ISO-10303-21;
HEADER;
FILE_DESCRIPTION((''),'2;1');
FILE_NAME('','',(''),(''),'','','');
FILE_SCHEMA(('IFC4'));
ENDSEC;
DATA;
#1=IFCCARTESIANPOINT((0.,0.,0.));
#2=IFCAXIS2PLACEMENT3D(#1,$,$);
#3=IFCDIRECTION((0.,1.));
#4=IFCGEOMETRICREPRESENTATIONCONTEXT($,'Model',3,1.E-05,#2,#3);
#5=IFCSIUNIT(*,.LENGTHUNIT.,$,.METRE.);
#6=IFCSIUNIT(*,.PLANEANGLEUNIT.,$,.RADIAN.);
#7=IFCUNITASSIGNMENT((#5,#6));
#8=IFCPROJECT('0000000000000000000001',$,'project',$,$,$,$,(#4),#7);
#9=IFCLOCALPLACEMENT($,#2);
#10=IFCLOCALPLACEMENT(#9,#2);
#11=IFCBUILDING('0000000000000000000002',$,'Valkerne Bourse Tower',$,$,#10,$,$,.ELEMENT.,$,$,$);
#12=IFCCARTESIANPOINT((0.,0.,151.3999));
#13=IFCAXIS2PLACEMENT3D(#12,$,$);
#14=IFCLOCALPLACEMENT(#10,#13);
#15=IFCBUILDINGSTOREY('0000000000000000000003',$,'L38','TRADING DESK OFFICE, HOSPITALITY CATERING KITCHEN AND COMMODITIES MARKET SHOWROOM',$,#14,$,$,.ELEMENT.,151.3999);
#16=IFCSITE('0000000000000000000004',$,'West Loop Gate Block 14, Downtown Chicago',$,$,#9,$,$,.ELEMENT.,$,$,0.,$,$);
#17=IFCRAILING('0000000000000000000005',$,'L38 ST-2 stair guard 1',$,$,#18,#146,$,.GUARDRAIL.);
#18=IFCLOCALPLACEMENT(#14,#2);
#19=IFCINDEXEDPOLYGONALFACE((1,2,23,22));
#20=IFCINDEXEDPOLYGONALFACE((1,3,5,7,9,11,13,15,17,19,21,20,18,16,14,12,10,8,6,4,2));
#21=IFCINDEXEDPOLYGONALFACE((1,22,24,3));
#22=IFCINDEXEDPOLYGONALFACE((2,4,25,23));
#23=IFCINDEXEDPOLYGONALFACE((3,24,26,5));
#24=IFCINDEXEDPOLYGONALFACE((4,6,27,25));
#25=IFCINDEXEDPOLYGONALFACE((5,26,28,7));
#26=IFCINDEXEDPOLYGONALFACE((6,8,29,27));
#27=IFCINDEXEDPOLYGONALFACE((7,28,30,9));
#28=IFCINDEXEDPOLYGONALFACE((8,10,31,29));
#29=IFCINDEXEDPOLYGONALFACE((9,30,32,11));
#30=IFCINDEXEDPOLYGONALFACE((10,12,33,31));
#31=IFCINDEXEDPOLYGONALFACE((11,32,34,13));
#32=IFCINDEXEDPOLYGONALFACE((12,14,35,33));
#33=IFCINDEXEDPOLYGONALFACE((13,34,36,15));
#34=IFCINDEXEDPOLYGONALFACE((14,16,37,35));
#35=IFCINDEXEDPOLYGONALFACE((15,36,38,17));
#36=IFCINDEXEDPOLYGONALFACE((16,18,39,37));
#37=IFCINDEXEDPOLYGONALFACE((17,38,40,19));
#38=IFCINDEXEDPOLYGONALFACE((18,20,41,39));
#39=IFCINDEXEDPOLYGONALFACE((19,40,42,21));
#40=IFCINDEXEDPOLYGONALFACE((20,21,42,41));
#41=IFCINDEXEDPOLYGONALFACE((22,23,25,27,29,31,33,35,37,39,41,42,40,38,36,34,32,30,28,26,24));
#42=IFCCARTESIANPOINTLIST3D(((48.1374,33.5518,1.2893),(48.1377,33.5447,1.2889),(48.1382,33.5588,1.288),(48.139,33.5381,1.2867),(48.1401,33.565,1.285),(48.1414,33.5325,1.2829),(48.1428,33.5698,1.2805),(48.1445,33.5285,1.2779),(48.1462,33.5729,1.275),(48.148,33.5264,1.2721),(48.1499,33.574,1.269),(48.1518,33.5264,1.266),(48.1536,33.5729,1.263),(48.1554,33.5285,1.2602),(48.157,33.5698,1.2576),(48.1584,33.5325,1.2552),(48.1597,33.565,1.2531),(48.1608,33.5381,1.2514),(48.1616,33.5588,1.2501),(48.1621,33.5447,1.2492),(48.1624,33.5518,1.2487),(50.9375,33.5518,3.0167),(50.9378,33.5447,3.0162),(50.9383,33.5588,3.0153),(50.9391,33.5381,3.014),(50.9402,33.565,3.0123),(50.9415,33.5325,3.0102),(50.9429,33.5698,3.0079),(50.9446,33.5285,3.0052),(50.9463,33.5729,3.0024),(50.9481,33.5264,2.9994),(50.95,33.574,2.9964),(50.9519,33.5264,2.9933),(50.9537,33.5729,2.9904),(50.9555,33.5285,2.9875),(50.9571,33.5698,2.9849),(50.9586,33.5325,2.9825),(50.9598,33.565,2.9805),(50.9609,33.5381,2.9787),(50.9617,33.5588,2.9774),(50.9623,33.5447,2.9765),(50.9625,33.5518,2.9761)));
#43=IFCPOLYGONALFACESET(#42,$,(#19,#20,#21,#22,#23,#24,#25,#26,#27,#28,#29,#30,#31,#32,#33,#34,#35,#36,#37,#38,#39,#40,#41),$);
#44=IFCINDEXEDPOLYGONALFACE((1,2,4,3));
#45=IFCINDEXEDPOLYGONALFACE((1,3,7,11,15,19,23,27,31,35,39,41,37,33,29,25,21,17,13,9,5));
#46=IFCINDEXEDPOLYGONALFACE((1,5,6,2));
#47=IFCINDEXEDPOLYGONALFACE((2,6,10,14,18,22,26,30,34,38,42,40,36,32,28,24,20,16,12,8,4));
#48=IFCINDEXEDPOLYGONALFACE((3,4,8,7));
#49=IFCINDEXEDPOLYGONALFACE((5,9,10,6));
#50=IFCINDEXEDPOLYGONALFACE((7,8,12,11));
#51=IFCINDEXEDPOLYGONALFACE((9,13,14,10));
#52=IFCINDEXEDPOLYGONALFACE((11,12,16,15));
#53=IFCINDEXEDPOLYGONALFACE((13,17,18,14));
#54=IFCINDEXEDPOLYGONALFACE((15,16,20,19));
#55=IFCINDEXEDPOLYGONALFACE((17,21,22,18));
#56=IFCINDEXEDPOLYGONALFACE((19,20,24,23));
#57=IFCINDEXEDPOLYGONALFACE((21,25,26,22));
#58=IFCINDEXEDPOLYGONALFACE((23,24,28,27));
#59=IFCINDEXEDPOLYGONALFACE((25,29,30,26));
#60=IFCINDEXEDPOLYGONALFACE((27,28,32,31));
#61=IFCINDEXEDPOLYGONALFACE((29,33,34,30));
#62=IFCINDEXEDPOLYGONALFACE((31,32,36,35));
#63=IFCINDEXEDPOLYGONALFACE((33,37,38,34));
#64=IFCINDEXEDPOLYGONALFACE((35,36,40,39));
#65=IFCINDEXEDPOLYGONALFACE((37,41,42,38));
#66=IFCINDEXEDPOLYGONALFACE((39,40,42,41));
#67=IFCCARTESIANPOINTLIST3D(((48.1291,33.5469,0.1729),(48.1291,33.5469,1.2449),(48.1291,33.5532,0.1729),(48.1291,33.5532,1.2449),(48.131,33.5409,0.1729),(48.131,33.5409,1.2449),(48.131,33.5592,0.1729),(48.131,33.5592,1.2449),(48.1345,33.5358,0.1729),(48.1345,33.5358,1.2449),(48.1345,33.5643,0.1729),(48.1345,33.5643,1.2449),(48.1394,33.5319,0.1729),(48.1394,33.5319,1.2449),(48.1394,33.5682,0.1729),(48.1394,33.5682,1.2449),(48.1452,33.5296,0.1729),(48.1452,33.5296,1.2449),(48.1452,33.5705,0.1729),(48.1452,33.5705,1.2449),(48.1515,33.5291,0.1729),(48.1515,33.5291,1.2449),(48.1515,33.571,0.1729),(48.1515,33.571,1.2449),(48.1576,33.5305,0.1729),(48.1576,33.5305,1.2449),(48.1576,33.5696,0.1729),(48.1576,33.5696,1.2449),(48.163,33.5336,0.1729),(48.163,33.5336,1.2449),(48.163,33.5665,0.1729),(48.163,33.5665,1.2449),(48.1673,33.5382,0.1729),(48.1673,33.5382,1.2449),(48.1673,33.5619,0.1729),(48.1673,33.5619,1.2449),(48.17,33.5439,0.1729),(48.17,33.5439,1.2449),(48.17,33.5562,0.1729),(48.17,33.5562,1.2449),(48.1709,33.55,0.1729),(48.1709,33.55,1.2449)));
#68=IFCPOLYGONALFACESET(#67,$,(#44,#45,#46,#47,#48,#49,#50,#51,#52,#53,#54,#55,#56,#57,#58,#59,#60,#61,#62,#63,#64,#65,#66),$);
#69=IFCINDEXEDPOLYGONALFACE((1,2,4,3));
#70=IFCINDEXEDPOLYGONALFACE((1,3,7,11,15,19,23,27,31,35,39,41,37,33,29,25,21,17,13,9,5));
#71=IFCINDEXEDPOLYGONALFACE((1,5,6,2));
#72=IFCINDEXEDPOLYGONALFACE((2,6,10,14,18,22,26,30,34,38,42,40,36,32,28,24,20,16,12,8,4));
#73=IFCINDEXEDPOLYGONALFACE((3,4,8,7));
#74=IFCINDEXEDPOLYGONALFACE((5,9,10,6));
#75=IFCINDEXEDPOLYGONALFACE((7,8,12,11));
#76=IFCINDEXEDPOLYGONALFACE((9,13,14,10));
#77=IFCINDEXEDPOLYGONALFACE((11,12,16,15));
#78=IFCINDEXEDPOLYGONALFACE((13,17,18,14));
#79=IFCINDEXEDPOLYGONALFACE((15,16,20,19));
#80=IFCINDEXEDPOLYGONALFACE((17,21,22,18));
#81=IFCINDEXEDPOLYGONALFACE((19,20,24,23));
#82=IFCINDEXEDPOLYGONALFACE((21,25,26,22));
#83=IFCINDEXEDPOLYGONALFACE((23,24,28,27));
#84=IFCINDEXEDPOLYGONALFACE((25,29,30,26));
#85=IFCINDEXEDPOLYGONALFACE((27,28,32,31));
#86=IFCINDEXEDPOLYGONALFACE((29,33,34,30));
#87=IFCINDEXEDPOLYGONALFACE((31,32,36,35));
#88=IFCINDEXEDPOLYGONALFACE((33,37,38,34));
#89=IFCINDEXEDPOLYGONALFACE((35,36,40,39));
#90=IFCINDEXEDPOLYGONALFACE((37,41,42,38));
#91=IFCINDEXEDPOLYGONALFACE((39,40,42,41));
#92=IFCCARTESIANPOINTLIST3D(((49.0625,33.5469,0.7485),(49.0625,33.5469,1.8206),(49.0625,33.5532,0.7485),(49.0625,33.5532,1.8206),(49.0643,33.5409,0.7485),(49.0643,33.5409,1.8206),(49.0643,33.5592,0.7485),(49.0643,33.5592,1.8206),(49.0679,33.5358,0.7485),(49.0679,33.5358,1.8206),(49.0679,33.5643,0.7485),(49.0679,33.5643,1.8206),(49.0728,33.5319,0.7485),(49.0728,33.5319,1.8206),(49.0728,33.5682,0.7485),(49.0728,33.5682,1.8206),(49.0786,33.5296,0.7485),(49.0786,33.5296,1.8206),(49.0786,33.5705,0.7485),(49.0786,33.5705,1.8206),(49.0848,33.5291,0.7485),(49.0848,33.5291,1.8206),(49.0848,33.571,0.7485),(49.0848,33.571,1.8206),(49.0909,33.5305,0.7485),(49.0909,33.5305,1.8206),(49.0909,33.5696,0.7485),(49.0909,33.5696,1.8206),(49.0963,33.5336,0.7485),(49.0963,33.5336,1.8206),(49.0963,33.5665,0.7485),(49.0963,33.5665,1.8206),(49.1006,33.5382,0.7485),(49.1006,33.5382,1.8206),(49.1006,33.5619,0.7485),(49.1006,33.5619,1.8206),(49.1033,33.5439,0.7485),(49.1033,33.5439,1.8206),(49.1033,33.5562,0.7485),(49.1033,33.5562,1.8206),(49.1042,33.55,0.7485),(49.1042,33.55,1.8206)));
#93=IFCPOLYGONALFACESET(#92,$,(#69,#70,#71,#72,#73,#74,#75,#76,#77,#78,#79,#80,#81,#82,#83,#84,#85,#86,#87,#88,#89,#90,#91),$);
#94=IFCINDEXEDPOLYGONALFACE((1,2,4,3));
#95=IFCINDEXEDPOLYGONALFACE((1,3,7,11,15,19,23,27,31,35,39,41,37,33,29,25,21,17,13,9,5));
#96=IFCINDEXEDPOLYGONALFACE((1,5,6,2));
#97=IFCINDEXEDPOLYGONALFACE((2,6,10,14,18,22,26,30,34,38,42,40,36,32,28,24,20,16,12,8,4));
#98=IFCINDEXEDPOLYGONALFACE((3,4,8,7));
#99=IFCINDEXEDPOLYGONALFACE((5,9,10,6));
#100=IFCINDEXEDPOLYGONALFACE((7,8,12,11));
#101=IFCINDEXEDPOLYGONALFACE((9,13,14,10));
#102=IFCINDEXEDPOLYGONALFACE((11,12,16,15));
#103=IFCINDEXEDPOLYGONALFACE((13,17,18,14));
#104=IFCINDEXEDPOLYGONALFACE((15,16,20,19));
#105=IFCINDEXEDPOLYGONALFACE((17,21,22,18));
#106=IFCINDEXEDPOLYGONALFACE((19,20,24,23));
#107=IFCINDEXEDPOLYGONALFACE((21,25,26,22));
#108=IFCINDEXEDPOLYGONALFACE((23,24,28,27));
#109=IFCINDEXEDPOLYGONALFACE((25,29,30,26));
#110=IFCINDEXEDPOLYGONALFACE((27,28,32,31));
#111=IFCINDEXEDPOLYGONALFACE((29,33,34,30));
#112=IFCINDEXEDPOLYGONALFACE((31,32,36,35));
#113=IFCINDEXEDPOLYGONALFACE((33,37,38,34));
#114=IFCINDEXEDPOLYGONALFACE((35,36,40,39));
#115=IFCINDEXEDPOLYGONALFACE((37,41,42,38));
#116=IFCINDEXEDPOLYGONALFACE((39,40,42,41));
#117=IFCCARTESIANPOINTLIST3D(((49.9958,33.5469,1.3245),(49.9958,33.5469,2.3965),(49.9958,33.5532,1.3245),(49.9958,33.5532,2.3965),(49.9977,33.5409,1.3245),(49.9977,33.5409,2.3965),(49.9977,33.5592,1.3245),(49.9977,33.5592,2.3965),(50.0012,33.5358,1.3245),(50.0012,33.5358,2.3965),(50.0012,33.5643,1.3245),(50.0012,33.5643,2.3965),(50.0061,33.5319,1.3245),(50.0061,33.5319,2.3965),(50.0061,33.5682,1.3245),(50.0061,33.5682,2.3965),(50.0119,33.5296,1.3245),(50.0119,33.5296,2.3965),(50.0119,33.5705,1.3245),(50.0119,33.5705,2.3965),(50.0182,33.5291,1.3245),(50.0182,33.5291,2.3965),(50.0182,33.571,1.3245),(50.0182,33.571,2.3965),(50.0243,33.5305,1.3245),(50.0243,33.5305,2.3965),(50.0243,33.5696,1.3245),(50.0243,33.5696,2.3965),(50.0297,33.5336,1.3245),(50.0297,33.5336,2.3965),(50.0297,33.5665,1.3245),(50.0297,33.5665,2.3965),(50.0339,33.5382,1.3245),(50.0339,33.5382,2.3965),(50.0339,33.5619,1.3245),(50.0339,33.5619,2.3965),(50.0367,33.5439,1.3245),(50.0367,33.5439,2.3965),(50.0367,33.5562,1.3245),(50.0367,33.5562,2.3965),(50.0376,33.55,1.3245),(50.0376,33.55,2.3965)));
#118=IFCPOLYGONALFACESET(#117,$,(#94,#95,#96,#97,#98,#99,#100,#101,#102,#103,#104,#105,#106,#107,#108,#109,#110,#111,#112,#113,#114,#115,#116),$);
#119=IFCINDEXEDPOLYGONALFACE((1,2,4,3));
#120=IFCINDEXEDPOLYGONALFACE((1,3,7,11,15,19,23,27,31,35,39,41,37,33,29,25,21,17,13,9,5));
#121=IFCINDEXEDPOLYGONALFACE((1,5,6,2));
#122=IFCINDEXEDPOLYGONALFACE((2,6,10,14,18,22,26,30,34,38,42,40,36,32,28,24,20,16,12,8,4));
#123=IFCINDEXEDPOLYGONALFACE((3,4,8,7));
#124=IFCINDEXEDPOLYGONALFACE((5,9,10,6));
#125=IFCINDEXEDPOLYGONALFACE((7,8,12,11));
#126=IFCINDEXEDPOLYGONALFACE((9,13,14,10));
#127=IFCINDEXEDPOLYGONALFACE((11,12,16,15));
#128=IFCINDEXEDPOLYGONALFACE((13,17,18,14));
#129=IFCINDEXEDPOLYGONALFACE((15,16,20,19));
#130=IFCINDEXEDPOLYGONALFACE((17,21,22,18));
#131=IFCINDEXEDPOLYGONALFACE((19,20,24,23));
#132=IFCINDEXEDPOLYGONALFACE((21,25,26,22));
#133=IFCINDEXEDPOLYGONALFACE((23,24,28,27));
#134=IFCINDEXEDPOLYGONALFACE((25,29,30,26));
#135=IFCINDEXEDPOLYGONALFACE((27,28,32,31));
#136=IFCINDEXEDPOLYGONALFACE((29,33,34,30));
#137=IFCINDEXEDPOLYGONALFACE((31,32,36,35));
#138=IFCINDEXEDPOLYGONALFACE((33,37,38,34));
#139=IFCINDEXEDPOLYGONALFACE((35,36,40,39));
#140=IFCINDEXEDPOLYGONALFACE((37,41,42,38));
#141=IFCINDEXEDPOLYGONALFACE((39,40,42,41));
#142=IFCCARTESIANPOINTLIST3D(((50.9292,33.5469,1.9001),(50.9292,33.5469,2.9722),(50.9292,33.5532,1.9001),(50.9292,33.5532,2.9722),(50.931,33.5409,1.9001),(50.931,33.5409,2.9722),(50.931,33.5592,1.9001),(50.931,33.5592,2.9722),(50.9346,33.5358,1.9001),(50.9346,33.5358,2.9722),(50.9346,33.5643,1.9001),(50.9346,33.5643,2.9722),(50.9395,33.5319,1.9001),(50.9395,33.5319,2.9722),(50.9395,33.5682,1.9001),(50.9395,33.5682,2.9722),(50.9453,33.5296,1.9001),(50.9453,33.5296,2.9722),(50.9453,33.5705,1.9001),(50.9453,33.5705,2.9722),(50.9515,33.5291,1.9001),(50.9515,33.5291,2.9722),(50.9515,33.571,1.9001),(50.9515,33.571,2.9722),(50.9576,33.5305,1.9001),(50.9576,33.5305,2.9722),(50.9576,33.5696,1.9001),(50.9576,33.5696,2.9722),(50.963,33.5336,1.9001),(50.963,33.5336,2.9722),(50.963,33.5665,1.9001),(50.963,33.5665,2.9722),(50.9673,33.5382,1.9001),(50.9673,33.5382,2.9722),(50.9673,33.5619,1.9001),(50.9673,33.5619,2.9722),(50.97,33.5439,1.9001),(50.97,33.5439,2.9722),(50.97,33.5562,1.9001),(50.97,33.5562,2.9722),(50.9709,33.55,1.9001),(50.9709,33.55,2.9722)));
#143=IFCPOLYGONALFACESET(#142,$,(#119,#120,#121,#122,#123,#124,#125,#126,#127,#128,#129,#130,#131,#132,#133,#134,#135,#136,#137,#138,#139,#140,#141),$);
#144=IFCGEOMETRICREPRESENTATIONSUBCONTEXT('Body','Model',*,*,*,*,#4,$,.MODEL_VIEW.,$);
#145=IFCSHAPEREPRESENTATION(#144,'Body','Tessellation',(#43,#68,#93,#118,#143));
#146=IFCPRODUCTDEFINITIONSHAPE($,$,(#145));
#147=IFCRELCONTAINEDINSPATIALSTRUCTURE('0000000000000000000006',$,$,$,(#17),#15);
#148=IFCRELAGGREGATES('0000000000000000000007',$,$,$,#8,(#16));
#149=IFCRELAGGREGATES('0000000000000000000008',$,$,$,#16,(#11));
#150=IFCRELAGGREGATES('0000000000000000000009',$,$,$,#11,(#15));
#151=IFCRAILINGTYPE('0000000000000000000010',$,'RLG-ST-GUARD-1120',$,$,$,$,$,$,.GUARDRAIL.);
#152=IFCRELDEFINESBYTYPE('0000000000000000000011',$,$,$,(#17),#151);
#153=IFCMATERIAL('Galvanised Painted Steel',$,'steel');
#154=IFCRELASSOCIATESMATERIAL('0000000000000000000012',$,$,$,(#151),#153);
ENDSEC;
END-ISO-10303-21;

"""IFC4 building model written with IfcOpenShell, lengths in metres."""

from ifc_helpers import new_model, si_unit, direction, frame, origin, origin_2d, place, context, subcontext, project, spatial, circle, extrude, material, type_object, element, save


model = new_model("IFC4")

# Units and contexts
model_context = context("Model", 3, precision=1e-05, world=origin(), true_north=direction((0.0, 1.0)))
body_context = subcontext(model_context, "Body", "Model", "MODEL_VIEW")
ifc_project = project(units=[si_unit("LENGTHUNIT", "METRE"), si_unit("PLANEANGLEUNIT", "RADIAN")], contexts=[model_context])

# Site, building, storey
site_placement = place(None, origin())
site = spatial("IfcSite", under=ifc_project, at=site_placement, Name="West Loop Gate Block 14, Downtown Chicago", CompositionType="ELEMENT", RefElevation=0.0)
building_placement = place(site_placement, origin())
building = spatial("IfcBuilding", under=site, at=building_placement, Name="Valkerne Bourse Tower", CompositionType="ELEMENT")
storey_placement = place(building_placement, frame((0.0, 0.0, 151.3999)))
storey = spatial("IfcBuildingStorey", under=building, at=storey_placement, Name="L38", Description="TRADING DESK OFFICE, HOSPITALITY CATERING KITCHEN AND COMMODITIES MARKET SHOWROOM", CompositionType="ELEMENT", Elevation=151.3999)

# Shared definitions
ifc_material_1 = material(Name="Galvanised Painted Steel", Category="steel")

# Railing
railing_type_1 = type_object("IfcRailingType", Name="RLG-ST-GUARD-1120", PredefinedType="GUARDRAIL", material=ifc_material_1)
railing_1_placement = place(storey_placement, frame((48.1499, 33.55, 0.1729)))
element("IfcRailing", 1, at=railing_1_placement, inside=storey, type_object=railing_type_1, Name="L38 ST-2 stair guard 1", PredefinedType="GUARDRAIL", context=body_context, shape_type="SweptSolid", body=[
    extrude(circle(Radius=0.0239, at=origin_2d()), frame((0.0, 0.0, 1.0962), z_axis=(0.85109, 0.0, 0.52502), x_axis=(0.0, 1.0, 0.0)), (0.0, 0.0, 1.0), 3.29),
    extrude(circle(Radius=0.021, at=origin_2d()), origin(), (0.0, 0.0, 1.0), 1.072),
    extrude(circle(Radius=0.021, at=origin_2d()), frame((0.9333, 0.0, 0.5757)), (0.0, 0.0, 1.0), 1.072),
    extrude(circle(Radius=0.021, at=origin_2d()), frame((1.8667, 0.0, 1.1516)), (0.0, 0.0, 1.0), 1.072),
    extrude(circle(Radius=0.021, at=origin_2d()), frame((2.8, 0.0, 1.7273)), (0.0, 0.0, 1.0), 1.072),
])

save(model, "model.ifc")
